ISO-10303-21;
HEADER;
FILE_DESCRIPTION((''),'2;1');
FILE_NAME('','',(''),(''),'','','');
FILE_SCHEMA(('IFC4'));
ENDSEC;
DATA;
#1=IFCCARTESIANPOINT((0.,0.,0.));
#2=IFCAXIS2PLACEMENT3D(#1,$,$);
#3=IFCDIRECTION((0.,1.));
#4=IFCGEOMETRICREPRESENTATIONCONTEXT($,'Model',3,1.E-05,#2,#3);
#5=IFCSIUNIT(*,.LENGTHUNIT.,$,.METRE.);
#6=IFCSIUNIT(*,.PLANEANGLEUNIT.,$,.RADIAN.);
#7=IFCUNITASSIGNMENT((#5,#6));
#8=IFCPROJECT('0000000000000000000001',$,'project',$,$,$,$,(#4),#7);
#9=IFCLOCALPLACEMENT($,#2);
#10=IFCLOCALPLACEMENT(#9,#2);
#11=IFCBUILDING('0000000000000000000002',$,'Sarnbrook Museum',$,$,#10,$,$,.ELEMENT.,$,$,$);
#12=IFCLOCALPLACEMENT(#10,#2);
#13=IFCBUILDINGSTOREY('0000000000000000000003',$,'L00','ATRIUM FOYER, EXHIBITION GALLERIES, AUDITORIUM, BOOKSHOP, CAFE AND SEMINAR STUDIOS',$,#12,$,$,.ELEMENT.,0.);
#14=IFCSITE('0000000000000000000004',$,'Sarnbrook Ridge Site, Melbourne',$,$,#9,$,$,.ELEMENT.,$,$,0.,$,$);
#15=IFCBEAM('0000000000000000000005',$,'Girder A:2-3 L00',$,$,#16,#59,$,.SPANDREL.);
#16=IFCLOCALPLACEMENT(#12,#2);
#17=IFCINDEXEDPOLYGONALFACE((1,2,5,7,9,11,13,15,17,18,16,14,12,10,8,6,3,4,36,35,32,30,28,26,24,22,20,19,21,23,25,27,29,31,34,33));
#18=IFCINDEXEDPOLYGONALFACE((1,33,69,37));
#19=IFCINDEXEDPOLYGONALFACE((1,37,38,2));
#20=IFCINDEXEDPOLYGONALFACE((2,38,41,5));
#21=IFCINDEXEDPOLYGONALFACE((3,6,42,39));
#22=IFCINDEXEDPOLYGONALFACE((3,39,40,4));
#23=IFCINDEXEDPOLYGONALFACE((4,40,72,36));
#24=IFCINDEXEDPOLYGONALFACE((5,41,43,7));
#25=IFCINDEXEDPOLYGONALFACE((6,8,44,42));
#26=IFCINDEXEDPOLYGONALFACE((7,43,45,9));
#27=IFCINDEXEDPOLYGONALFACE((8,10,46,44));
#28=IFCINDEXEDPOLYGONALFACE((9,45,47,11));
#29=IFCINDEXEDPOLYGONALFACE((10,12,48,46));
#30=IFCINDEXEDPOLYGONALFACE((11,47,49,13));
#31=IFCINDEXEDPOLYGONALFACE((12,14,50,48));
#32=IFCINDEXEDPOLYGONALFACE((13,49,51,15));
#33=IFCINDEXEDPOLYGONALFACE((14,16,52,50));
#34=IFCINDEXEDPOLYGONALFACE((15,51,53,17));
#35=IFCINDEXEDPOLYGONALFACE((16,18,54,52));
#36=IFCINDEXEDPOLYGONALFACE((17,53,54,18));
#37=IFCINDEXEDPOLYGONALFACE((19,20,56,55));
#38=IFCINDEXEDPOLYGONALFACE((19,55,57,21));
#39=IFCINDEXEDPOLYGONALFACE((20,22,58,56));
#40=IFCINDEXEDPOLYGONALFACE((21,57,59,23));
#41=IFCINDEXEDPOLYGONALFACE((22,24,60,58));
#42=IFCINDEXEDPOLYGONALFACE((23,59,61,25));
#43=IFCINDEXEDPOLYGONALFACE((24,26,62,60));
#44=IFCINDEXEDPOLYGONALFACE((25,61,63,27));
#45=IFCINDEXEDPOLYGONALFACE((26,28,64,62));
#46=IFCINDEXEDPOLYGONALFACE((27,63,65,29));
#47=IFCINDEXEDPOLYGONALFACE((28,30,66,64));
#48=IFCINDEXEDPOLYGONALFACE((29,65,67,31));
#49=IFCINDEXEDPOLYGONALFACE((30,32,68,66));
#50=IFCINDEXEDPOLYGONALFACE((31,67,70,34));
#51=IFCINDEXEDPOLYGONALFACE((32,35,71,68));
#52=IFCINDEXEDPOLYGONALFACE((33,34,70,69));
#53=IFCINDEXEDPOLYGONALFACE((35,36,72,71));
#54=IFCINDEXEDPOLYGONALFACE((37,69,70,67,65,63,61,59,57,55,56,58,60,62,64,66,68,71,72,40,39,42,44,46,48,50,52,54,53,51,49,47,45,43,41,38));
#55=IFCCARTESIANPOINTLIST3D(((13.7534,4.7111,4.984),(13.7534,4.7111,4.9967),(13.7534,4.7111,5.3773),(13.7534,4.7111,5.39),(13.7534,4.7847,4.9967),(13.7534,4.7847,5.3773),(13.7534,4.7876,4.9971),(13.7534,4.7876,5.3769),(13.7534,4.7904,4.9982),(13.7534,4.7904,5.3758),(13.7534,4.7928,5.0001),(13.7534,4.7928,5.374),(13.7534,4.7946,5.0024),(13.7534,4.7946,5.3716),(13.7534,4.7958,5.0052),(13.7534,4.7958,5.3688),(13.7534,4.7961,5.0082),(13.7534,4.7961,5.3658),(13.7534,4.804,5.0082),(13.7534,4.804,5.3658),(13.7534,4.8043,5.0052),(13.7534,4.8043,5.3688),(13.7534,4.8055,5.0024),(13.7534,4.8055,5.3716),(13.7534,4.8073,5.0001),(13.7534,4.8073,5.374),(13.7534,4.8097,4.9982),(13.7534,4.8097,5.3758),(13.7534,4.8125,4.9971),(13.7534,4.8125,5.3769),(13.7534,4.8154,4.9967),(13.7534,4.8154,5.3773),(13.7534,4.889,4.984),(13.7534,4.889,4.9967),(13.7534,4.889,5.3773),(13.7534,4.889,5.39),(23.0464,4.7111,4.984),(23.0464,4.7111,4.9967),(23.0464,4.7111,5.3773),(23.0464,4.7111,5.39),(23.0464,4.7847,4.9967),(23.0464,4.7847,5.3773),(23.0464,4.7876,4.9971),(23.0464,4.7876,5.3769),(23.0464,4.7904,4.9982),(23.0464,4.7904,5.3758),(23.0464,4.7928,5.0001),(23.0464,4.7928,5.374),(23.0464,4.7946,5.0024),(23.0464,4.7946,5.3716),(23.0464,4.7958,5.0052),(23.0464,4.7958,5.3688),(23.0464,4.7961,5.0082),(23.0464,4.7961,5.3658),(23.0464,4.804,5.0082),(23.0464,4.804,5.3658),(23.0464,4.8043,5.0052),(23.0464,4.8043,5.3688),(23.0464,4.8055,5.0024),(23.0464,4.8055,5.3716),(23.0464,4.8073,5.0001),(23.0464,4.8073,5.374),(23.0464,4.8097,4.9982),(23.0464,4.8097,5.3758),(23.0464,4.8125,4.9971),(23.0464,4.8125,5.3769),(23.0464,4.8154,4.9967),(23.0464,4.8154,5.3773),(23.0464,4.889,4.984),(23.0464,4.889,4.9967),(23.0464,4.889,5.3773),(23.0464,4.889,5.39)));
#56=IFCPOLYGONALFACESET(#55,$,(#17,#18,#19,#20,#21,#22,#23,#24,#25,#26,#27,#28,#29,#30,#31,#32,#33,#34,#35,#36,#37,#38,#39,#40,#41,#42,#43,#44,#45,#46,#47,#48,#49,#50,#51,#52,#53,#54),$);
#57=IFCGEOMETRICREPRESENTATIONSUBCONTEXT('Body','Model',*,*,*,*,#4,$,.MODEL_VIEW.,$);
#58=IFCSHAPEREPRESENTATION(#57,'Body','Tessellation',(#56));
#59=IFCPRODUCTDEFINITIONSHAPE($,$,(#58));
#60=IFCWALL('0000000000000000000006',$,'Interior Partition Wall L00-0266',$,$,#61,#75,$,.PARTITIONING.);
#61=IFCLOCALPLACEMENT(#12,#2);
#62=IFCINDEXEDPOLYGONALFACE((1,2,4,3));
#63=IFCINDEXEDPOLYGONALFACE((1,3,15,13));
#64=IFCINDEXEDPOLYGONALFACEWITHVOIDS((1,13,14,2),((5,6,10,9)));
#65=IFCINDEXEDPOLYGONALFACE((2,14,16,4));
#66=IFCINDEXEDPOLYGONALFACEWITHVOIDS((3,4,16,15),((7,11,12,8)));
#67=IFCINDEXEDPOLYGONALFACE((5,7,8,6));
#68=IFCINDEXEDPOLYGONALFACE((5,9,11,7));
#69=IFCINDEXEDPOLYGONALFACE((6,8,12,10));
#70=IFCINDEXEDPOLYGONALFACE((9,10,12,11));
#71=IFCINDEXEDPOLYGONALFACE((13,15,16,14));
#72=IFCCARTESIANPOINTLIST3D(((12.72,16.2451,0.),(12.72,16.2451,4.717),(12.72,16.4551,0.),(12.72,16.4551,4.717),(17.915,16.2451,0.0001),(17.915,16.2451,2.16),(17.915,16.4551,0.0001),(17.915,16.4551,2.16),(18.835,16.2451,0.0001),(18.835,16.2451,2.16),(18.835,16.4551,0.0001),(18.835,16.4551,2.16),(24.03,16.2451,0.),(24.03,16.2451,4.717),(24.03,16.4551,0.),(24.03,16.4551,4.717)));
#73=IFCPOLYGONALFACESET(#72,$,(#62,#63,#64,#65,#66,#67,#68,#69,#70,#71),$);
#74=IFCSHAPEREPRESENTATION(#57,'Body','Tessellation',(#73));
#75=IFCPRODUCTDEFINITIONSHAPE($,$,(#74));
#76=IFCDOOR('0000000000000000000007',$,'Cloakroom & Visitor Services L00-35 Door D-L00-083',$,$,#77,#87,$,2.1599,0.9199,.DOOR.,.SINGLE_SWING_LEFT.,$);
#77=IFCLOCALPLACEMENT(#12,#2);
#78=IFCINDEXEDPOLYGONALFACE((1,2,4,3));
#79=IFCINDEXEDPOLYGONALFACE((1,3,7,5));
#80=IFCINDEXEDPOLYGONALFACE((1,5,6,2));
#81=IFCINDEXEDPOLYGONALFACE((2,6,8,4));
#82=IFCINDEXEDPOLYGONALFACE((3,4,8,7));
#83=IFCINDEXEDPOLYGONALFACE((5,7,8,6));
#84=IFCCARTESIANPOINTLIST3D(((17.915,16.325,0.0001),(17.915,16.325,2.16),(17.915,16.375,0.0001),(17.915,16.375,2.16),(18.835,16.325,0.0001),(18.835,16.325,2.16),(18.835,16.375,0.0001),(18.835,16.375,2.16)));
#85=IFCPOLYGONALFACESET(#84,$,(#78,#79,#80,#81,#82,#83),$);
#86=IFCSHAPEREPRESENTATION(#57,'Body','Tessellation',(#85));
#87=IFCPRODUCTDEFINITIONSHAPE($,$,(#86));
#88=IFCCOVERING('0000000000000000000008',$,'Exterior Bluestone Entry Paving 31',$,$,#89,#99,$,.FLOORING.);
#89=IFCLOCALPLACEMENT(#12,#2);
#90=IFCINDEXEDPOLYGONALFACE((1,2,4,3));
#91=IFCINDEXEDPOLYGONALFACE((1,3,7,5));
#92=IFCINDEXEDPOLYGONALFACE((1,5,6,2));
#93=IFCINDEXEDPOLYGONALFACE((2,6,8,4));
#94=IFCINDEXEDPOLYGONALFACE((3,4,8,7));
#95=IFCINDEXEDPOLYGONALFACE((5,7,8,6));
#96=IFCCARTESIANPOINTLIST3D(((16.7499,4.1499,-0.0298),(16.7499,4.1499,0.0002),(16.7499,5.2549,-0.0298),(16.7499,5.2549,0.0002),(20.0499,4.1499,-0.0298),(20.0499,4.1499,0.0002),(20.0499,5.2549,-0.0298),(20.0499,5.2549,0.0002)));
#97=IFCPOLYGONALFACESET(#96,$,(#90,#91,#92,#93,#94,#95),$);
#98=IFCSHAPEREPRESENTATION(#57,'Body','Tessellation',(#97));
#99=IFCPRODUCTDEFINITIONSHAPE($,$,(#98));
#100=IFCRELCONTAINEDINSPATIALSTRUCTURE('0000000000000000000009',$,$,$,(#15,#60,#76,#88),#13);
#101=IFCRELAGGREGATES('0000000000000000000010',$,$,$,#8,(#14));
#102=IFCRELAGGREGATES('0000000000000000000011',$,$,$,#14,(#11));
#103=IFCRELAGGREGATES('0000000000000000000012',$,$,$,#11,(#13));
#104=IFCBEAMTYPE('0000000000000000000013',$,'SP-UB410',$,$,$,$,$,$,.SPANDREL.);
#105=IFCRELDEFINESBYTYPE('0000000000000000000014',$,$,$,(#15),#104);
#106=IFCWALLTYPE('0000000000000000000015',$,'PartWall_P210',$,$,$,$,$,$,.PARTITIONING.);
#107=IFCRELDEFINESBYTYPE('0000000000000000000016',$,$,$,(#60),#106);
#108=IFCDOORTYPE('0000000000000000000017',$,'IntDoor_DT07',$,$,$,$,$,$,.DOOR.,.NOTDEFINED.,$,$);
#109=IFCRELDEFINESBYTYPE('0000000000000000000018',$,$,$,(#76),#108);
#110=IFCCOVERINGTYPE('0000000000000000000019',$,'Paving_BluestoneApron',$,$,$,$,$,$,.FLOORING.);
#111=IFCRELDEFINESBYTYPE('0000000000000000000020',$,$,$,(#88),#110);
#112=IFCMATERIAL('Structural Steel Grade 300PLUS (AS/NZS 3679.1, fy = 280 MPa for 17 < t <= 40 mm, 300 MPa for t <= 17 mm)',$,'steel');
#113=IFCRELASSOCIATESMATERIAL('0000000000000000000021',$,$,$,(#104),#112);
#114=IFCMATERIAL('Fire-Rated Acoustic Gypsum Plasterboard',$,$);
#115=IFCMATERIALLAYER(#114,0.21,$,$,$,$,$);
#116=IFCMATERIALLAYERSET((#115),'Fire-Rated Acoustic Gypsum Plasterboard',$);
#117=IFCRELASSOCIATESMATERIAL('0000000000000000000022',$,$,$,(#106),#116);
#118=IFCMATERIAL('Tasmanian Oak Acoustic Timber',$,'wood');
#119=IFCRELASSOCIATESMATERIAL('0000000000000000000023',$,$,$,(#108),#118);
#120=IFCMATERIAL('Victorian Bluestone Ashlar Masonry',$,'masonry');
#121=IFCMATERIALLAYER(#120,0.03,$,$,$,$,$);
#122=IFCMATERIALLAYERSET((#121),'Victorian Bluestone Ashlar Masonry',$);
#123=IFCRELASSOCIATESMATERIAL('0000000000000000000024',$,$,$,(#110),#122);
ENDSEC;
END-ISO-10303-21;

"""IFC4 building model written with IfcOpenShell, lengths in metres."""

from ifc_helpers import new_model, si_unit, direction, frame, frame_2d, origin, origin_2d, place, context, subcontext, project, spatial, rectangle, i_section, extrude, material, layer, layer_set, material_profile, profile_set, type_object, element, fill, save


model = new_model("IFC4")

# Units and contexts
model_context = context("Model", 3, precision=1e-05, world=origin(), true_north=direction((0.0, 1.0)))
body_context = subcontext(model_context, "Body", "Model", "MODEL_VIEW")
ifc_project = project(units=[si_unit("LENGTHUNIT", "METRE"), si_unit("PLANEANGLEUNIT", "RADIAN")], contexts=[model_context])

# Site, building, storey
site_placement = place(None, origin())
site = spatial("IfcSite", under=ifc_project, at=site_placement, Name="Sarnbrook Ridge Site, Melbourne", CompositionType="ELEMENT", RefElevation=0.0)
building_placement = place(site_placement, origin())
building = spatial("IfcBuilding", under=site, at=building_placement, Name="Sarnbrook Museum", CompositionType="ELEMENT")
storey_placement = place(building_placement, origin())
storey = spatial("IfcBuildingStorey", under=building, at=storey_placement, Name="L00", Description="ATRIUM FOYER, EXHIBITION GALLERIES, AUDITORIUM, BOOKSHOP, CAFE AND SEMINAR STUDIOS", CompositionType="ELEMENT", Elevation=0.0)

# Shared definitions
ifc_material_1 = material(Name="Structural Steel Grade 300PLUS (AS/NZS 3679.1, fy = 280 MPa for 17 < t <= 40 mm, 300 MPa for t <= 17 mm)", Category="steel")

# Beam
ifc_material_profile_1 = material_profile(ifc_material_1, i_section(OverallWidth=0.178, OverallDepth=0.406, WebThickness=0.0078, FlangeThickness=0.0127, FilletRadius=0.0115, at=origin_2d()), Name="410UB59.7")
ifc_profile_set_1 = profile_set([ifc_material_profile_1], Name="Structural Steel Grade 300PLUS (AS/NZS 3679.1, fy = 280 MPa for 17 < t <= 40 mm, 300 MPa for t <= 17 mm)")
beam_type_1 = type_object("IfcBeamType", Name="SP-UB410", PredefinedType="SPANDREL", material=ifc_profile_set_1)
beam_1_placement = place(storey_placement, frame((13.7534, 4.8, 5.187), z_axis=(1.0, 0.0, 0.0), x_axis=(0.0, 1.0, 0.0)))
element("IfcBeam", 1, at=beam_1_placement, inside=storey, type_object=beam_type_1, Name="Girder A:2-3 L00", PredefinedType="SPANDREL", context=body_context, shape_type="SweptSolid", body=[
    extrude(i_section(OverallWidth=0.178, OverallDepth=0.406, WebThickness=0.0078, FlangeThickness=0.0127, FilletRadius=0.0115, at=origin_2d()), origin(), (0.0, 0.0, 1.0), 9.293),
])

# Wall, opening, door
ifc_material_2 = material(Name="Fire-Rated Acoustic Gypsum Plasterboard")
ifc_layer_1 = layer(ifc_material_2, 0.21)
ifc_layer_set_1 = layer_set([ifc_layer_1], Name="Fire-Rated Acoustic Gypsum Plasterboard")
wall_type = type_object("IfcWallType", Name="PartWall_P210", PredefinedType="PARTITIONING", material=ifc_layer_set_1)
wall_placement = place(storey_placement, frame((12.72, 16.3501, 0.0), z_axis=(0.0, 0.0, 1.0), x_axis=(1.0, 0.0, 0.0)))
wall = element("IfcWall", 2, at=wall_placement, inside=storey, type_object=wall_type, Name="Interior Partition Wall L00-0266", PredefinedType="PARTITIONING", context=body_context, shape_type="SweptSolid", body=[
    extrude(rectangle(XDim=11.3101, YDim=0.21, at=frame_2d((5.655, 0.0))), origin(), (0.0, 0.0, 1.0), 4.717),
])
opening_placement = place(wall_placement, frame((5.1951, 0.0, 0.0)))
opening = element("IfcOpeningElement", 3, at=opening_placement, cuts=wall, PredefinedType="OPENING", context=body_context, shape_type="SweptSolid", body=[
    extrude(rectangle(XDim=0.9199, YDim=2.1599, at=frame_2d((0.46, 1.0801))), frame((0.0, 0.115, 0.0), z_axis=(0.0, -1.0, 0.0), x_axis=(1.0, 0.0, 0.0)), (0.0, 0.0, 1.0), 0.23),
])
ifc_material_3 = material(Name="Tasmanian Oak Acoustic Timber", Category="wood")
door_type = type_object("IfcDoorType", Name="IntDoor_DT07", OperationType="NOTDEFINED", PredefinedType="DOOR", material=ifc_material_3)
door_placement = place(opening_placement, origin())
door = element("IfcDoor", 4, at=door_placement, inside=storey, type_object=door_type, Name="Cloakroom & Visitor Services L00-35 Door D-L00-083", OperationType="SINGLE_SWING_LEFT", OverallHeight=2.1599, OverallWidth=0.9199, PredefinedType="DOOR", context=body_context, shape_type="SweptSolid", body=[
    extrude(rectangle(XDim=0.9199, YDim=2.1599, at=frame_2d((0.46, 1.0801))), frame((0.0, 0.0249, 0.0), z_axis=(0.0, -1.0, 0.0), x_axis=(1.0, 0.0, 0.0)), (0.0, 0.0, 1.0), 0.05),
])
fill(opening, door)

# Covering
ifc_material_4 = material(Name="Victorian Bluestone Ashlar Masonry", Category="masonry")
ifc_layer_2 = layer(ifc_material_4, 0.03)
ifc_layer_set_2 = layer_set([ifc_layer_2], Name="Victorian Bluestone Ashlar Masonry")
covering_type = type_object("IfcCoveringType", Name="Paving_BluestoneApron", PredefinedType="FLOORING", material=ifc_layer_set_2)
covering_placement = place(storey_placement, frame((18.3999, 4.7024, -0.0298), z_axis=(0.0, 0.0, 1.0), x_axis=(1.0, 0.0, 0.0)))
element("IfcCovering", 5, at=covering_placement, inside=storey, type_object=covering_type, Name="Exterior Bluestone Entry Paving 31", PredefinedType="FLOORING", context=body_context, shape_type="SweptSolid", body=[
    extrude(rectangle(XDim=3.3, YDim=1.105, at=origin_2d()), origin(), (0.0, 0.0, 1.0), 0.03),
])

save(model, "model.ifc")
